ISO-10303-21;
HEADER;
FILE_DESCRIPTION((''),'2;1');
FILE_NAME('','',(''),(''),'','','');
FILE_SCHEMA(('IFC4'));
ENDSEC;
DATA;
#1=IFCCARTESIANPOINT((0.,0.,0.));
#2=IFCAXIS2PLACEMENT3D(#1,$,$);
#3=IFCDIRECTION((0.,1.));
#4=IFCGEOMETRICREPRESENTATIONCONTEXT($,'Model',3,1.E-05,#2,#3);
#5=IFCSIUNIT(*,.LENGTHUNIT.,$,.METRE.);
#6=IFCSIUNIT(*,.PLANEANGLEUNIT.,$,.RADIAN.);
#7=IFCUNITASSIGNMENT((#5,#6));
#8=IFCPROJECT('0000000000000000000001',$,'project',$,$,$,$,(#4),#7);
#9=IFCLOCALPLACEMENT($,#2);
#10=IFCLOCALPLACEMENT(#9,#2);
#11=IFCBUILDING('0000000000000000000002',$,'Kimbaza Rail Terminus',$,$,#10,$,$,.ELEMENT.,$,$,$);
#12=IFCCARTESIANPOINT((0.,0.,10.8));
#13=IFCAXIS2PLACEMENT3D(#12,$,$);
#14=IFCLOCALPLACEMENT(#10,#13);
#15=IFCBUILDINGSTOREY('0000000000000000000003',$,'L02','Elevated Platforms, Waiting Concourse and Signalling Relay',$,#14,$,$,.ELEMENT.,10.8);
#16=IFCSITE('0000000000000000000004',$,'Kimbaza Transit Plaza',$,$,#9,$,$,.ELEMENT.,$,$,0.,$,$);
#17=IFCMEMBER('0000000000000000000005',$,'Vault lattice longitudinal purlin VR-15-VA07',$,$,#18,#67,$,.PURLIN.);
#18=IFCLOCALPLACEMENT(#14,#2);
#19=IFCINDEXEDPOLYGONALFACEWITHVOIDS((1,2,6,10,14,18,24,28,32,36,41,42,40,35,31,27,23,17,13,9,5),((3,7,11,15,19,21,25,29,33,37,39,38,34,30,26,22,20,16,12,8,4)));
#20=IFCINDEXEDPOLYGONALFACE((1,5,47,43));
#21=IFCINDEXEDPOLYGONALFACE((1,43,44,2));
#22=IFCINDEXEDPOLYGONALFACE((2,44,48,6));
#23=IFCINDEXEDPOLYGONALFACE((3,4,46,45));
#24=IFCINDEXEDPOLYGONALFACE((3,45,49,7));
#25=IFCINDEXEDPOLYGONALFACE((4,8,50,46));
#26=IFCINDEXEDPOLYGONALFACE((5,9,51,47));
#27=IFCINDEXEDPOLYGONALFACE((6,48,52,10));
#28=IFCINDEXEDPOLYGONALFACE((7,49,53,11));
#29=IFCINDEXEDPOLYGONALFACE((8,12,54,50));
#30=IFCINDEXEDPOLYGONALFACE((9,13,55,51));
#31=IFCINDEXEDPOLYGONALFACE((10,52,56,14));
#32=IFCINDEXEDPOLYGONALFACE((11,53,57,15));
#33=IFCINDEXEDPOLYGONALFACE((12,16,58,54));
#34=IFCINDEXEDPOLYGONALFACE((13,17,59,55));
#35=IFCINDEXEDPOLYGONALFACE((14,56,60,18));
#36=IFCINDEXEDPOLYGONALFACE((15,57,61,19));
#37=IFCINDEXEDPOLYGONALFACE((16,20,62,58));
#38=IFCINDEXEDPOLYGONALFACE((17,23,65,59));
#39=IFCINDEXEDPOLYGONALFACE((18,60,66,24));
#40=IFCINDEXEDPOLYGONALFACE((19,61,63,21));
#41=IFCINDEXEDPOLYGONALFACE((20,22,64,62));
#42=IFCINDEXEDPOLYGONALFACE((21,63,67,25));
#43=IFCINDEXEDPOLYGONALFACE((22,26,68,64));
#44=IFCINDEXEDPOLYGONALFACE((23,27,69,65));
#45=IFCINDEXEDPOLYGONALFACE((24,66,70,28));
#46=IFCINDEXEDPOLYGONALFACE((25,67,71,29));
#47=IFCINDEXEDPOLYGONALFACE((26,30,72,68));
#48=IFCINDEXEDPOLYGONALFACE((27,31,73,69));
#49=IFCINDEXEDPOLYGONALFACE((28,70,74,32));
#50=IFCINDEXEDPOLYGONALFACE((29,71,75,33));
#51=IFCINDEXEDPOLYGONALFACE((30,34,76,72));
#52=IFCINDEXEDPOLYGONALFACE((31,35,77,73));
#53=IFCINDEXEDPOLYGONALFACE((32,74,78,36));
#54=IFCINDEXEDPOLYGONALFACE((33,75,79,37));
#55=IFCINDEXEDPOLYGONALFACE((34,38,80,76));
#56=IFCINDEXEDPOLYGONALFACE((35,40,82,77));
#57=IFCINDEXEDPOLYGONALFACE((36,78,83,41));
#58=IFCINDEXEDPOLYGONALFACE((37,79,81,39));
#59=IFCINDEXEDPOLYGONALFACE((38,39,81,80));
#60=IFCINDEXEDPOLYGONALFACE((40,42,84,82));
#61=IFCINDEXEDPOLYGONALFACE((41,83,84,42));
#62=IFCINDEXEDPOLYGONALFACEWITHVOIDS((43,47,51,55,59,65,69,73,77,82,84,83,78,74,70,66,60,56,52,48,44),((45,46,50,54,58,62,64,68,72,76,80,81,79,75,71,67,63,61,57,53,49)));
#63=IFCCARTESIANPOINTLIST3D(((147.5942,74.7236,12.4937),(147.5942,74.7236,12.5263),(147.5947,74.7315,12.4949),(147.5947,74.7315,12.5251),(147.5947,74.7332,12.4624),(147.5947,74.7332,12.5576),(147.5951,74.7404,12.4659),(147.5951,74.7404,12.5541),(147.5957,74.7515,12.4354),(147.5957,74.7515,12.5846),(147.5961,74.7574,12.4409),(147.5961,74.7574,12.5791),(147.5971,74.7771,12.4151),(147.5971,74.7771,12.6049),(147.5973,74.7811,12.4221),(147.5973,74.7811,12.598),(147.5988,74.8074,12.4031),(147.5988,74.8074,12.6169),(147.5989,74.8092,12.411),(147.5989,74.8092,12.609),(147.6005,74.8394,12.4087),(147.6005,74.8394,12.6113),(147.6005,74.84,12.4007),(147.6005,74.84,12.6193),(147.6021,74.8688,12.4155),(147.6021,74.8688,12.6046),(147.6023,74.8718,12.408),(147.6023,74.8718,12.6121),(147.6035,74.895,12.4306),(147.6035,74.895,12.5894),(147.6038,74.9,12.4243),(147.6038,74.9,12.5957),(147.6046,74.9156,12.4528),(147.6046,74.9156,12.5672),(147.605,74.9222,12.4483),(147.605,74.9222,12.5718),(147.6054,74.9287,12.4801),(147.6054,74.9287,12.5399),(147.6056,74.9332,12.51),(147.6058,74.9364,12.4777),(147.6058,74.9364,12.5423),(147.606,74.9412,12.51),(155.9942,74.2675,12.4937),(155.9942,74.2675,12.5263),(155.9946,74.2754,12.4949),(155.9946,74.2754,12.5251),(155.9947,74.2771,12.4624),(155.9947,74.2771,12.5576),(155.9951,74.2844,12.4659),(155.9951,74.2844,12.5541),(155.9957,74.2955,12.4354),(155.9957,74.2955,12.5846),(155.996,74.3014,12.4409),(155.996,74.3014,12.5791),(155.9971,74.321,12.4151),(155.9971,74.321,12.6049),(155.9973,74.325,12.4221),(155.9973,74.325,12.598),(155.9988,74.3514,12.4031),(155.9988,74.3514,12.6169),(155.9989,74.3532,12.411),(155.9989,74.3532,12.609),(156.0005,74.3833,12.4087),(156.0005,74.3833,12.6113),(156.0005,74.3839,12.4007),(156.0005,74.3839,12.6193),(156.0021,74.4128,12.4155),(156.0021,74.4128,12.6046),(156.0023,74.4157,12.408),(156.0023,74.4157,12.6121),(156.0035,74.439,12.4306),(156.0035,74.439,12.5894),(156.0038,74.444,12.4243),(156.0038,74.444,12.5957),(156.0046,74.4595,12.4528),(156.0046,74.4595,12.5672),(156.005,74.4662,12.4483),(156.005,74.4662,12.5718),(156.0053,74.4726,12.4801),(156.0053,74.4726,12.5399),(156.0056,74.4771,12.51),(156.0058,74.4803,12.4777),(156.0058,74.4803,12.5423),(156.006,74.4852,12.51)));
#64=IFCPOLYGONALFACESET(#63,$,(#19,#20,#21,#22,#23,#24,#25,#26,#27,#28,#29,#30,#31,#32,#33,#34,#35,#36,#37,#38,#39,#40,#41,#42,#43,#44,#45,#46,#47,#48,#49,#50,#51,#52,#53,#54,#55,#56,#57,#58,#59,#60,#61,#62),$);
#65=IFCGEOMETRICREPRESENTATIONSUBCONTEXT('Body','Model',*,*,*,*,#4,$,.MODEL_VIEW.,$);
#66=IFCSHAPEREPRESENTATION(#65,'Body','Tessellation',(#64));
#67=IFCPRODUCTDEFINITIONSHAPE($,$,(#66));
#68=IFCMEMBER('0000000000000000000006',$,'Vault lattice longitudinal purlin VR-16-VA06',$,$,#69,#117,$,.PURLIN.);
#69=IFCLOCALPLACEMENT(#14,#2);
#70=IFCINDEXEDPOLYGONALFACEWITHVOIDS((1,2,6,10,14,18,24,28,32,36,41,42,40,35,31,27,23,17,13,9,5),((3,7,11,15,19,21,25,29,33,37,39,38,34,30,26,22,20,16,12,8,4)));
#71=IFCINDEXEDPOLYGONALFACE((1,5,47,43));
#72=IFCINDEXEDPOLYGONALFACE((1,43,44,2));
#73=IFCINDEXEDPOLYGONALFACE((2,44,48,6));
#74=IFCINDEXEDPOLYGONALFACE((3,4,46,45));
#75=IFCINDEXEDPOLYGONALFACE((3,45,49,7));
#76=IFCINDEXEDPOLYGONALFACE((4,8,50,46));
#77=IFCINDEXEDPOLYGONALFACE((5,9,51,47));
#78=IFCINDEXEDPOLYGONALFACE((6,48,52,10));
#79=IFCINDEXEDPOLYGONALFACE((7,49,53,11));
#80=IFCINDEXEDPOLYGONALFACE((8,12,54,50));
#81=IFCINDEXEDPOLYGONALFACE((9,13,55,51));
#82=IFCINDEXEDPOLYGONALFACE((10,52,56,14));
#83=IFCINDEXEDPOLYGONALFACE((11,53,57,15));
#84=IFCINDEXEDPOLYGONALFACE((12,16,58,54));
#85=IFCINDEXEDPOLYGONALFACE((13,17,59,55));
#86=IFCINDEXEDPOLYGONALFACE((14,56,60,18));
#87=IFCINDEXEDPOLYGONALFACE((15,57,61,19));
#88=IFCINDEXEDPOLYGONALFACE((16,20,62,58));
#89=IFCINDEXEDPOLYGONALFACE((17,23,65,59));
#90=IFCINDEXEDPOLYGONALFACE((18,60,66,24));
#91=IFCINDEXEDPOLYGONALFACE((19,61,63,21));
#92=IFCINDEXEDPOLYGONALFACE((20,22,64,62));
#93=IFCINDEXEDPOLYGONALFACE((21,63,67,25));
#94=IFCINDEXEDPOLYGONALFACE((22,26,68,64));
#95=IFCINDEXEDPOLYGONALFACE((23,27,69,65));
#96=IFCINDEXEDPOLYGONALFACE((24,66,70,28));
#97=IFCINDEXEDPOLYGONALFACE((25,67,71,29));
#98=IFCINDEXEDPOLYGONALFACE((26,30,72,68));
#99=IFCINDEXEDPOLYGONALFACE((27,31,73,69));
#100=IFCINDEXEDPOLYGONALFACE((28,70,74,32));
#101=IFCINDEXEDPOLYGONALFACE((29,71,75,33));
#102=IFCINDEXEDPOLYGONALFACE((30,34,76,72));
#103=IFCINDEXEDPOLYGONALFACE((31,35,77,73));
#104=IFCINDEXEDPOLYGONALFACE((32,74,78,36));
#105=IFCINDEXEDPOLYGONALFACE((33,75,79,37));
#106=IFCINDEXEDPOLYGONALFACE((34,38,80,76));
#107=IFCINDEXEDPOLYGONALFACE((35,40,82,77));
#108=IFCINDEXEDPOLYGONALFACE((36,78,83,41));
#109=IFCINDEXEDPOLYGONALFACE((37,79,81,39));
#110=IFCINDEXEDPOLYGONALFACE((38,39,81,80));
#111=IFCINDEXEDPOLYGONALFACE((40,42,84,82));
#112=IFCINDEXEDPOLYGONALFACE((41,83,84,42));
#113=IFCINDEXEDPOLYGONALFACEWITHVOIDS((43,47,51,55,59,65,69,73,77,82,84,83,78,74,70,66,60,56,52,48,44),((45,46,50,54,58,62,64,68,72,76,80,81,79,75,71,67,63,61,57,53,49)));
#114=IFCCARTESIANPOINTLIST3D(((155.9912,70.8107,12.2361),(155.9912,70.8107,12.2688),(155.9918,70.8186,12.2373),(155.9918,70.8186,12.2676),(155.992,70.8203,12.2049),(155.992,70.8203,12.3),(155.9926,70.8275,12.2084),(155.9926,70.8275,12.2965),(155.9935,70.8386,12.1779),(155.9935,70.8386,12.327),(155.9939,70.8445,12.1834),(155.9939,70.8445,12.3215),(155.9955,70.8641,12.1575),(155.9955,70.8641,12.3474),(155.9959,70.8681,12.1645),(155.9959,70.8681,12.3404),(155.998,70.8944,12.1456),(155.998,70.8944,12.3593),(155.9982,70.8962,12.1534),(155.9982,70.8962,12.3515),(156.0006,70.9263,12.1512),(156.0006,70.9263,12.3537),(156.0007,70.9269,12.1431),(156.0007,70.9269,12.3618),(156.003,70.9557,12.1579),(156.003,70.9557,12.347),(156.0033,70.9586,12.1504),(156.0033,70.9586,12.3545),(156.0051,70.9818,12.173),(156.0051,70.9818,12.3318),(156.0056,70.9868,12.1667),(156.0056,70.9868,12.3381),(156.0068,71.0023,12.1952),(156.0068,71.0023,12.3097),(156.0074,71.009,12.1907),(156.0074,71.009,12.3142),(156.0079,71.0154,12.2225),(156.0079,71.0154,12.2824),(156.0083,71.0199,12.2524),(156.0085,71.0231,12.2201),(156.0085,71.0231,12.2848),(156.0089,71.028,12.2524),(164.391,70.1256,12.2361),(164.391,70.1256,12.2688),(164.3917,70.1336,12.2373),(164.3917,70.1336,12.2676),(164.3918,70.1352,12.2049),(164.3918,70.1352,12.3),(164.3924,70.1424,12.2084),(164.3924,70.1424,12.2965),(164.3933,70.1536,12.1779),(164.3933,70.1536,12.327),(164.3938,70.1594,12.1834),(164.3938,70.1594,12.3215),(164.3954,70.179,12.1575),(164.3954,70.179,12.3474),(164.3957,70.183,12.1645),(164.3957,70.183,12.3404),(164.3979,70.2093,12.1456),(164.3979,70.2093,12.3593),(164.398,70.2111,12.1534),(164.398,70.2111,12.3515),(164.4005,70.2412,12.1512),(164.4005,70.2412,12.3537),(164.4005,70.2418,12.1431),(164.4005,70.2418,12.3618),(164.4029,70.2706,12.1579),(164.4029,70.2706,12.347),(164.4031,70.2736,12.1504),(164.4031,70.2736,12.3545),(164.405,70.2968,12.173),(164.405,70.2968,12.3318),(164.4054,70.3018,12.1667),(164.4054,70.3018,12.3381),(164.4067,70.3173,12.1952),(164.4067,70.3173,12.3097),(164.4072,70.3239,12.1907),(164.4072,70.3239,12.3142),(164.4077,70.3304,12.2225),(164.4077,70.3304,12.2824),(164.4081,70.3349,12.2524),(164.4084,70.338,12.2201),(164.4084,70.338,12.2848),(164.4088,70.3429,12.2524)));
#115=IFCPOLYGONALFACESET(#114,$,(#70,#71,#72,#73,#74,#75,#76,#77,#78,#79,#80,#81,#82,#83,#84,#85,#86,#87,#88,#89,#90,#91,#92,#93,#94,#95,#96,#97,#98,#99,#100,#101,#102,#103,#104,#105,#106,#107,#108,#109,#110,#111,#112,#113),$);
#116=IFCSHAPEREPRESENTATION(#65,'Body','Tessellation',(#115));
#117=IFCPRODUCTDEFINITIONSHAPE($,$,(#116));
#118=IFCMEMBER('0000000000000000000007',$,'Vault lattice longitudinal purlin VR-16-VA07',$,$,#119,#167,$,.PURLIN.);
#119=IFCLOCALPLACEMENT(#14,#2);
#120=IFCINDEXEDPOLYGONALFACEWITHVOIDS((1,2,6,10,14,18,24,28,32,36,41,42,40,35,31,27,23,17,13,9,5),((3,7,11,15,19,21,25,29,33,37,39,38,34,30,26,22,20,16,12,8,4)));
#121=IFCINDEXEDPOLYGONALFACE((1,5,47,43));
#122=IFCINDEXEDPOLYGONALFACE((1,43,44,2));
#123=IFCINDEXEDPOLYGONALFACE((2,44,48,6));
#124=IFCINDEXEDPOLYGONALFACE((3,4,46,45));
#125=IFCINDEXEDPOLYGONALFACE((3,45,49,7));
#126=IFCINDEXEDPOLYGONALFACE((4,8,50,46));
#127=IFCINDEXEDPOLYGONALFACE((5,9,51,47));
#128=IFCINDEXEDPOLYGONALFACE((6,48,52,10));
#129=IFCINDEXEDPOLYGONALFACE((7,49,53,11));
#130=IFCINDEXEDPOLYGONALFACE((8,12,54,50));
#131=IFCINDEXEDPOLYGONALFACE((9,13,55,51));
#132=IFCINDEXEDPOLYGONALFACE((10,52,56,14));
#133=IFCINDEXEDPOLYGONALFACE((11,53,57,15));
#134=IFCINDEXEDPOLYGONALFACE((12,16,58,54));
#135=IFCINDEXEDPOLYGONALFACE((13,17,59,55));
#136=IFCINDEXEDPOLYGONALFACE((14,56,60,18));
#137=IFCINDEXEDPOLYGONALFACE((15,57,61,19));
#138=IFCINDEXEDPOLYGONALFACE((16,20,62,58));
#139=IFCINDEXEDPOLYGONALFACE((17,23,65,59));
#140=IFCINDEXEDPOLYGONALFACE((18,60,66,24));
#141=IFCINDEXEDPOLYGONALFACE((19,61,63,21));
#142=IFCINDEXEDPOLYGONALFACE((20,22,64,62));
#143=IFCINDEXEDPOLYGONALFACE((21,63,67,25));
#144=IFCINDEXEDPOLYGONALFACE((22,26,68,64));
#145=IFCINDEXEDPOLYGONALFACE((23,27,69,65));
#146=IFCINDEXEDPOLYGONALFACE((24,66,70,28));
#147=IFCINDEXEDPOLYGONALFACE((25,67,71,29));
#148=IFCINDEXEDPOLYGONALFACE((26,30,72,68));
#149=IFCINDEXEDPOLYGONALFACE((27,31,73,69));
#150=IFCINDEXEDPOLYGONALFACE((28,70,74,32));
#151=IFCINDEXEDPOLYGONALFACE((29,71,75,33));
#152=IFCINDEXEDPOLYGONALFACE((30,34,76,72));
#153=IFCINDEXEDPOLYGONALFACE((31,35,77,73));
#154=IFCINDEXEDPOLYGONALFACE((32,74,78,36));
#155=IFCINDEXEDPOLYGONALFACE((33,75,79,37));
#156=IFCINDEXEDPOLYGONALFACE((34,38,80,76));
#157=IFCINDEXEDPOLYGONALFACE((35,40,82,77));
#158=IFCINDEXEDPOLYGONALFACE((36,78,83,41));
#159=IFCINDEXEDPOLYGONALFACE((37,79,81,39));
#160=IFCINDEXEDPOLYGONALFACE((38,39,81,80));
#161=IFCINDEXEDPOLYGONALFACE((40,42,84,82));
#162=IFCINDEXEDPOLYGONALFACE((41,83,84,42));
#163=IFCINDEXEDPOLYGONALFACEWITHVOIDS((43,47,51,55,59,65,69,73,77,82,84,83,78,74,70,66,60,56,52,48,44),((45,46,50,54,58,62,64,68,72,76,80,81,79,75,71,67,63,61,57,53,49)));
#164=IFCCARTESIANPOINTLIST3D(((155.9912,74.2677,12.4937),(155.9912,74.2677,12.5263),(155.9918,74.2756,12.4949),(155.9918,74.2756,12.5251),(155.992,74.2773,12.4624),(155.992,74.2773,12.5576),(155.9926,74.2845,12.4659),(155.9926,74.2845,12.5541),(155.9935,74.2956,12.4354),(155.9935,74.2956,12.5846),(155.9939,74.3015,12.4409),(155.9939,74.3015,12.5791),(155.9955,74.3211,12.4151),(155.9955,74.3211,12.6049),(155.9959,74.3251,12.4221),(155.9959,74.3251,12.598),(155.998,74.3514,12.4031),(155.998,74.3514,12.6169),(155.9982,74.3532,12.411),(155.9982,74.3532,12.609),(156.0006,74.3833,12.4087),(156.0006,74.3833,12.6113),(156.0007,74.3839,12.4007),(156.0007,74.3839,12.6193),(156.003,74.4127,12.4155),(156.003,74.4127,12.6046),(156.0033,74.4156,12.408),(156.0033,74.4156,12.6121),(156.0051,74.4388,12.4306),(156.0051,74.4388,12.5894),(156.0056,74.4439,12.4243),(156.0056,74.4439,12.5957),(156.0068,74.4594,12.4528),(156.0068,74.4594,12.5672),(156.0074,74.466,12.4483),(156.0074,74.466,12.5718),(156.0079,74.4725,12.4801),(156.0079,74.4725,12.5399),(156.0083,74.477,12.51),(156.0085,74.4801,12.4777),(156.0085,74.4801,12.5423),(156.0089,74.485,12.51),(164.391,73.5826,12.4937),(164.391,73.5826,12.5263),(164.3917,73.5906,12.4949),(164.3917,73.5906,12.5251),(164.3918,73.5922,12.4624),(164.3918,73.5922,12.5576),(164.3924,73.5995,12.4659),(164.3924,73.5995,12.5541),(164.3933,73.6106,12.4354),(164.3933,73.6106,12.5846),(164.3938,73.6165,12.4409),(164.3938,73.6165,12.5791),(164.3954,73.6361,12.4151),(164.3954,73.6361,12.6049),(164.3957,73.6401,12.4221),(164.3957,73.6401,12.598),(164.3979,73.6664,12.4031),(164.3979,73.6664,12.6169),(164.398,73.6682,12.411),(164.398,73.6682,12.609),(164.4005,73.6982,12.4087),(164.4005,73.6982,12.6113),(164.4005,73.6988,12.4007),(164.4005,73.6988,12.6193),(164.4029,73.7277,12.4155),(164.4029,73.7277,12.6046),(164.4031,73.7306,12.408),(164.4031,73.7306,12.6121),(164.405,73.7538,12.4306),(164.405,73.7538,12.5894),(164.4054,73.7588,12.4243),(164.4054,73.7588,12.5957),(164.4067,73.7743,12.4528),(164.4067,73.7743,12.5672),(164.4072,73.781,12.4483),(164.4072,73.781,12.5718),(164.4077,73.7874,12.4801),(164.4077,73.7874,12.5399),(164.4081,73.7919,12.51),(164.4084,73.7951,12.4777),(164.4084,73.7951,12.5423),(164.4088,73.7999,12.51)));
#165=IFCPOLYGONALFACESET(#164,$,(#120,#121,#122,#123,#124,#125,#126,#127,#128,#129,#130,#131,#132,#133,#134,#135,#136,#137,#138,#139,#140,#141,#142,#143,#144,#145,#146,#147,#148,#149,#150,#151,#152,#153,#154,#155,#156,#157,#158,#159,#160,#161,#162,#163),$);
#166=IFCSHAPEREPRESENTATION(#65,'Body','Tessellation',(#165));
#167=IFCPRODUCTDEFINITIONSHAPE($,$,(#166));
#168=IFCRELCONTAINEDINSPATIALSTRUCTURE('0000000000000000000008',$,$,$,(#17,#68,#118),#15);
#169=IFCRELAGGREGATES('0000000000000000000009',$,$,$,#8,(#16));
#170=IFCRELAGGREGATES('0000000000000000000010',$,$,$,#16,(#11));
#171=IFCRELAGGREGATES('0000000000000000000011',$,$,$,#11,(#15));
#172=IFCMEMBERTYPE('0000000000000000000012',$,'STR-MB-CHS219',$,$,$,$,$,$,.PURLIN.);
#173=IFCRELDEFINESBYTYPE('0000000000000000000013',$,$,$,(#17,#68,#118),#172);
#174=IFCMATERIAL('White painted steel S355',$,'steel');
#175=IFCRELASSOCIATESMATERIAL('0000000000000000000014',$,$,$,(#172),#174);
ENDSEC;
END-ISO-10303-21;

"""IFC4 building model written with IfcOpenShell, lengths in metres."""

from ifc_helpers import new_model, si_unit, direction, frame, origin, origin_2d, place, context, subcontext, project, spatial, hollow_circle, extrude, material, material_profile, profile_set, type_object, element, save


model = new_model("IFC4")

# Units and contexts
model_context = context("Model", 3, precision=1e-05, world=origin(), true_north=direction((0.0, 1.0)))
body_context = subcontext(model_context, "Body", "Model", "MODEL_VIEW")
ifc_project = project(units=[si_unit("LENGTHUNIT", "METRE"), si_unit("PLANEANGLEUNIT", "RADIAN")], contexts=[model_context])

# Site, building, storey
site_placement = place(None, origin())
site = spatial("IfcSite", under=ifc_project, at=site_placement, Name="Kimbaza Transit Plaza", CompositionType="ELEMENT", RefElevation=0.0)
building_placement = place(site_placement, origin())
building = spatial("IfcBuilding", under=site, at=building_placement, Name="Kimbaza Rail Terminus", CompositionType="ELEMENT")
storey_placement = place(building_placement, frame((0.0, 0.0, 10.8)))
storey = spatial("IfcBuildingStorey", under=building, at=storey_placement, Name="L02", Description="Elevated Platforms, Waiting Concourse and Signalling Relay", CompositionType="ELEMENT", Elevation=10.8)

# Members
ifc_material_1 = material(Name="White painted steel S355", Category="steel")
ifc_material_profile_1 = material_profile(ifc_material_1, hollow_circle(Radius=0.1096, WallThickness=0.0081, at=origin_2d()), Name="CHS 219.1x8")
ifc_profile_set_1 = profile_set([ifc_material_profile_1], Name="White painted steel S355")
member_type_1 = type_object("IfcMemberType", Name="STR-MB-CHS219", PredefinedType="PURLIN", material=ifc_profile_set_1)
member_1_placement = place(storey_placement, frame((147.6001, 74.8318, 12.51), z_axis=(0.998529, -0.054213, 0.0), x_axis=(0.054213, 0.998529, 0.0)))
element("IfcMember", 1, at=member_1_placement, inside=storey, type_object=member_type_1, Name="Vault lattice longitudinal purlin VR-15-VA07", PredefinedType="PURLIN", context=body_context, shape_type="SweptSolid", body=[
    extrude(hollow_circle(Radius=0.1096, WallThickness=0.0081, at=origin_2d()), origin(), (0.0, 0.0, 1.0), 8.4124),
])
for number, where, z_axis, x_axis, name in (
    (2, (156.0, 70.9187, 12.2524), (0.996691, -0.081286, 0.0), (0.081286, 0.996691, 0.0), "Vault lattice longitudinal purlin VR-16-VA06"),
    (3, (156.0, 74.3757, 12.51), (0.996691, -0.081286, 0.0), (0.081286, 0.996691, 0.0), "Vault lattice longitudinal purlin VR-16-VA07"),
):
    element("IfcMember", number, at=place(storey_placement, frame(where, z_axis=z_axis, x_axis=x_axis)), inside=storey, type_object=member_type_1, Name=name, PredefinedType="PURLIN", context=body_context, shape_type="SweptSolid", body=[
        extrude(hollow_circle(Radius=0.1096, WallThickness=0.0081, at=origin_2d()), origin(), (0.0, 0.0, 1.0), 8.4277),
    ])

save(model, "model.ifc")
